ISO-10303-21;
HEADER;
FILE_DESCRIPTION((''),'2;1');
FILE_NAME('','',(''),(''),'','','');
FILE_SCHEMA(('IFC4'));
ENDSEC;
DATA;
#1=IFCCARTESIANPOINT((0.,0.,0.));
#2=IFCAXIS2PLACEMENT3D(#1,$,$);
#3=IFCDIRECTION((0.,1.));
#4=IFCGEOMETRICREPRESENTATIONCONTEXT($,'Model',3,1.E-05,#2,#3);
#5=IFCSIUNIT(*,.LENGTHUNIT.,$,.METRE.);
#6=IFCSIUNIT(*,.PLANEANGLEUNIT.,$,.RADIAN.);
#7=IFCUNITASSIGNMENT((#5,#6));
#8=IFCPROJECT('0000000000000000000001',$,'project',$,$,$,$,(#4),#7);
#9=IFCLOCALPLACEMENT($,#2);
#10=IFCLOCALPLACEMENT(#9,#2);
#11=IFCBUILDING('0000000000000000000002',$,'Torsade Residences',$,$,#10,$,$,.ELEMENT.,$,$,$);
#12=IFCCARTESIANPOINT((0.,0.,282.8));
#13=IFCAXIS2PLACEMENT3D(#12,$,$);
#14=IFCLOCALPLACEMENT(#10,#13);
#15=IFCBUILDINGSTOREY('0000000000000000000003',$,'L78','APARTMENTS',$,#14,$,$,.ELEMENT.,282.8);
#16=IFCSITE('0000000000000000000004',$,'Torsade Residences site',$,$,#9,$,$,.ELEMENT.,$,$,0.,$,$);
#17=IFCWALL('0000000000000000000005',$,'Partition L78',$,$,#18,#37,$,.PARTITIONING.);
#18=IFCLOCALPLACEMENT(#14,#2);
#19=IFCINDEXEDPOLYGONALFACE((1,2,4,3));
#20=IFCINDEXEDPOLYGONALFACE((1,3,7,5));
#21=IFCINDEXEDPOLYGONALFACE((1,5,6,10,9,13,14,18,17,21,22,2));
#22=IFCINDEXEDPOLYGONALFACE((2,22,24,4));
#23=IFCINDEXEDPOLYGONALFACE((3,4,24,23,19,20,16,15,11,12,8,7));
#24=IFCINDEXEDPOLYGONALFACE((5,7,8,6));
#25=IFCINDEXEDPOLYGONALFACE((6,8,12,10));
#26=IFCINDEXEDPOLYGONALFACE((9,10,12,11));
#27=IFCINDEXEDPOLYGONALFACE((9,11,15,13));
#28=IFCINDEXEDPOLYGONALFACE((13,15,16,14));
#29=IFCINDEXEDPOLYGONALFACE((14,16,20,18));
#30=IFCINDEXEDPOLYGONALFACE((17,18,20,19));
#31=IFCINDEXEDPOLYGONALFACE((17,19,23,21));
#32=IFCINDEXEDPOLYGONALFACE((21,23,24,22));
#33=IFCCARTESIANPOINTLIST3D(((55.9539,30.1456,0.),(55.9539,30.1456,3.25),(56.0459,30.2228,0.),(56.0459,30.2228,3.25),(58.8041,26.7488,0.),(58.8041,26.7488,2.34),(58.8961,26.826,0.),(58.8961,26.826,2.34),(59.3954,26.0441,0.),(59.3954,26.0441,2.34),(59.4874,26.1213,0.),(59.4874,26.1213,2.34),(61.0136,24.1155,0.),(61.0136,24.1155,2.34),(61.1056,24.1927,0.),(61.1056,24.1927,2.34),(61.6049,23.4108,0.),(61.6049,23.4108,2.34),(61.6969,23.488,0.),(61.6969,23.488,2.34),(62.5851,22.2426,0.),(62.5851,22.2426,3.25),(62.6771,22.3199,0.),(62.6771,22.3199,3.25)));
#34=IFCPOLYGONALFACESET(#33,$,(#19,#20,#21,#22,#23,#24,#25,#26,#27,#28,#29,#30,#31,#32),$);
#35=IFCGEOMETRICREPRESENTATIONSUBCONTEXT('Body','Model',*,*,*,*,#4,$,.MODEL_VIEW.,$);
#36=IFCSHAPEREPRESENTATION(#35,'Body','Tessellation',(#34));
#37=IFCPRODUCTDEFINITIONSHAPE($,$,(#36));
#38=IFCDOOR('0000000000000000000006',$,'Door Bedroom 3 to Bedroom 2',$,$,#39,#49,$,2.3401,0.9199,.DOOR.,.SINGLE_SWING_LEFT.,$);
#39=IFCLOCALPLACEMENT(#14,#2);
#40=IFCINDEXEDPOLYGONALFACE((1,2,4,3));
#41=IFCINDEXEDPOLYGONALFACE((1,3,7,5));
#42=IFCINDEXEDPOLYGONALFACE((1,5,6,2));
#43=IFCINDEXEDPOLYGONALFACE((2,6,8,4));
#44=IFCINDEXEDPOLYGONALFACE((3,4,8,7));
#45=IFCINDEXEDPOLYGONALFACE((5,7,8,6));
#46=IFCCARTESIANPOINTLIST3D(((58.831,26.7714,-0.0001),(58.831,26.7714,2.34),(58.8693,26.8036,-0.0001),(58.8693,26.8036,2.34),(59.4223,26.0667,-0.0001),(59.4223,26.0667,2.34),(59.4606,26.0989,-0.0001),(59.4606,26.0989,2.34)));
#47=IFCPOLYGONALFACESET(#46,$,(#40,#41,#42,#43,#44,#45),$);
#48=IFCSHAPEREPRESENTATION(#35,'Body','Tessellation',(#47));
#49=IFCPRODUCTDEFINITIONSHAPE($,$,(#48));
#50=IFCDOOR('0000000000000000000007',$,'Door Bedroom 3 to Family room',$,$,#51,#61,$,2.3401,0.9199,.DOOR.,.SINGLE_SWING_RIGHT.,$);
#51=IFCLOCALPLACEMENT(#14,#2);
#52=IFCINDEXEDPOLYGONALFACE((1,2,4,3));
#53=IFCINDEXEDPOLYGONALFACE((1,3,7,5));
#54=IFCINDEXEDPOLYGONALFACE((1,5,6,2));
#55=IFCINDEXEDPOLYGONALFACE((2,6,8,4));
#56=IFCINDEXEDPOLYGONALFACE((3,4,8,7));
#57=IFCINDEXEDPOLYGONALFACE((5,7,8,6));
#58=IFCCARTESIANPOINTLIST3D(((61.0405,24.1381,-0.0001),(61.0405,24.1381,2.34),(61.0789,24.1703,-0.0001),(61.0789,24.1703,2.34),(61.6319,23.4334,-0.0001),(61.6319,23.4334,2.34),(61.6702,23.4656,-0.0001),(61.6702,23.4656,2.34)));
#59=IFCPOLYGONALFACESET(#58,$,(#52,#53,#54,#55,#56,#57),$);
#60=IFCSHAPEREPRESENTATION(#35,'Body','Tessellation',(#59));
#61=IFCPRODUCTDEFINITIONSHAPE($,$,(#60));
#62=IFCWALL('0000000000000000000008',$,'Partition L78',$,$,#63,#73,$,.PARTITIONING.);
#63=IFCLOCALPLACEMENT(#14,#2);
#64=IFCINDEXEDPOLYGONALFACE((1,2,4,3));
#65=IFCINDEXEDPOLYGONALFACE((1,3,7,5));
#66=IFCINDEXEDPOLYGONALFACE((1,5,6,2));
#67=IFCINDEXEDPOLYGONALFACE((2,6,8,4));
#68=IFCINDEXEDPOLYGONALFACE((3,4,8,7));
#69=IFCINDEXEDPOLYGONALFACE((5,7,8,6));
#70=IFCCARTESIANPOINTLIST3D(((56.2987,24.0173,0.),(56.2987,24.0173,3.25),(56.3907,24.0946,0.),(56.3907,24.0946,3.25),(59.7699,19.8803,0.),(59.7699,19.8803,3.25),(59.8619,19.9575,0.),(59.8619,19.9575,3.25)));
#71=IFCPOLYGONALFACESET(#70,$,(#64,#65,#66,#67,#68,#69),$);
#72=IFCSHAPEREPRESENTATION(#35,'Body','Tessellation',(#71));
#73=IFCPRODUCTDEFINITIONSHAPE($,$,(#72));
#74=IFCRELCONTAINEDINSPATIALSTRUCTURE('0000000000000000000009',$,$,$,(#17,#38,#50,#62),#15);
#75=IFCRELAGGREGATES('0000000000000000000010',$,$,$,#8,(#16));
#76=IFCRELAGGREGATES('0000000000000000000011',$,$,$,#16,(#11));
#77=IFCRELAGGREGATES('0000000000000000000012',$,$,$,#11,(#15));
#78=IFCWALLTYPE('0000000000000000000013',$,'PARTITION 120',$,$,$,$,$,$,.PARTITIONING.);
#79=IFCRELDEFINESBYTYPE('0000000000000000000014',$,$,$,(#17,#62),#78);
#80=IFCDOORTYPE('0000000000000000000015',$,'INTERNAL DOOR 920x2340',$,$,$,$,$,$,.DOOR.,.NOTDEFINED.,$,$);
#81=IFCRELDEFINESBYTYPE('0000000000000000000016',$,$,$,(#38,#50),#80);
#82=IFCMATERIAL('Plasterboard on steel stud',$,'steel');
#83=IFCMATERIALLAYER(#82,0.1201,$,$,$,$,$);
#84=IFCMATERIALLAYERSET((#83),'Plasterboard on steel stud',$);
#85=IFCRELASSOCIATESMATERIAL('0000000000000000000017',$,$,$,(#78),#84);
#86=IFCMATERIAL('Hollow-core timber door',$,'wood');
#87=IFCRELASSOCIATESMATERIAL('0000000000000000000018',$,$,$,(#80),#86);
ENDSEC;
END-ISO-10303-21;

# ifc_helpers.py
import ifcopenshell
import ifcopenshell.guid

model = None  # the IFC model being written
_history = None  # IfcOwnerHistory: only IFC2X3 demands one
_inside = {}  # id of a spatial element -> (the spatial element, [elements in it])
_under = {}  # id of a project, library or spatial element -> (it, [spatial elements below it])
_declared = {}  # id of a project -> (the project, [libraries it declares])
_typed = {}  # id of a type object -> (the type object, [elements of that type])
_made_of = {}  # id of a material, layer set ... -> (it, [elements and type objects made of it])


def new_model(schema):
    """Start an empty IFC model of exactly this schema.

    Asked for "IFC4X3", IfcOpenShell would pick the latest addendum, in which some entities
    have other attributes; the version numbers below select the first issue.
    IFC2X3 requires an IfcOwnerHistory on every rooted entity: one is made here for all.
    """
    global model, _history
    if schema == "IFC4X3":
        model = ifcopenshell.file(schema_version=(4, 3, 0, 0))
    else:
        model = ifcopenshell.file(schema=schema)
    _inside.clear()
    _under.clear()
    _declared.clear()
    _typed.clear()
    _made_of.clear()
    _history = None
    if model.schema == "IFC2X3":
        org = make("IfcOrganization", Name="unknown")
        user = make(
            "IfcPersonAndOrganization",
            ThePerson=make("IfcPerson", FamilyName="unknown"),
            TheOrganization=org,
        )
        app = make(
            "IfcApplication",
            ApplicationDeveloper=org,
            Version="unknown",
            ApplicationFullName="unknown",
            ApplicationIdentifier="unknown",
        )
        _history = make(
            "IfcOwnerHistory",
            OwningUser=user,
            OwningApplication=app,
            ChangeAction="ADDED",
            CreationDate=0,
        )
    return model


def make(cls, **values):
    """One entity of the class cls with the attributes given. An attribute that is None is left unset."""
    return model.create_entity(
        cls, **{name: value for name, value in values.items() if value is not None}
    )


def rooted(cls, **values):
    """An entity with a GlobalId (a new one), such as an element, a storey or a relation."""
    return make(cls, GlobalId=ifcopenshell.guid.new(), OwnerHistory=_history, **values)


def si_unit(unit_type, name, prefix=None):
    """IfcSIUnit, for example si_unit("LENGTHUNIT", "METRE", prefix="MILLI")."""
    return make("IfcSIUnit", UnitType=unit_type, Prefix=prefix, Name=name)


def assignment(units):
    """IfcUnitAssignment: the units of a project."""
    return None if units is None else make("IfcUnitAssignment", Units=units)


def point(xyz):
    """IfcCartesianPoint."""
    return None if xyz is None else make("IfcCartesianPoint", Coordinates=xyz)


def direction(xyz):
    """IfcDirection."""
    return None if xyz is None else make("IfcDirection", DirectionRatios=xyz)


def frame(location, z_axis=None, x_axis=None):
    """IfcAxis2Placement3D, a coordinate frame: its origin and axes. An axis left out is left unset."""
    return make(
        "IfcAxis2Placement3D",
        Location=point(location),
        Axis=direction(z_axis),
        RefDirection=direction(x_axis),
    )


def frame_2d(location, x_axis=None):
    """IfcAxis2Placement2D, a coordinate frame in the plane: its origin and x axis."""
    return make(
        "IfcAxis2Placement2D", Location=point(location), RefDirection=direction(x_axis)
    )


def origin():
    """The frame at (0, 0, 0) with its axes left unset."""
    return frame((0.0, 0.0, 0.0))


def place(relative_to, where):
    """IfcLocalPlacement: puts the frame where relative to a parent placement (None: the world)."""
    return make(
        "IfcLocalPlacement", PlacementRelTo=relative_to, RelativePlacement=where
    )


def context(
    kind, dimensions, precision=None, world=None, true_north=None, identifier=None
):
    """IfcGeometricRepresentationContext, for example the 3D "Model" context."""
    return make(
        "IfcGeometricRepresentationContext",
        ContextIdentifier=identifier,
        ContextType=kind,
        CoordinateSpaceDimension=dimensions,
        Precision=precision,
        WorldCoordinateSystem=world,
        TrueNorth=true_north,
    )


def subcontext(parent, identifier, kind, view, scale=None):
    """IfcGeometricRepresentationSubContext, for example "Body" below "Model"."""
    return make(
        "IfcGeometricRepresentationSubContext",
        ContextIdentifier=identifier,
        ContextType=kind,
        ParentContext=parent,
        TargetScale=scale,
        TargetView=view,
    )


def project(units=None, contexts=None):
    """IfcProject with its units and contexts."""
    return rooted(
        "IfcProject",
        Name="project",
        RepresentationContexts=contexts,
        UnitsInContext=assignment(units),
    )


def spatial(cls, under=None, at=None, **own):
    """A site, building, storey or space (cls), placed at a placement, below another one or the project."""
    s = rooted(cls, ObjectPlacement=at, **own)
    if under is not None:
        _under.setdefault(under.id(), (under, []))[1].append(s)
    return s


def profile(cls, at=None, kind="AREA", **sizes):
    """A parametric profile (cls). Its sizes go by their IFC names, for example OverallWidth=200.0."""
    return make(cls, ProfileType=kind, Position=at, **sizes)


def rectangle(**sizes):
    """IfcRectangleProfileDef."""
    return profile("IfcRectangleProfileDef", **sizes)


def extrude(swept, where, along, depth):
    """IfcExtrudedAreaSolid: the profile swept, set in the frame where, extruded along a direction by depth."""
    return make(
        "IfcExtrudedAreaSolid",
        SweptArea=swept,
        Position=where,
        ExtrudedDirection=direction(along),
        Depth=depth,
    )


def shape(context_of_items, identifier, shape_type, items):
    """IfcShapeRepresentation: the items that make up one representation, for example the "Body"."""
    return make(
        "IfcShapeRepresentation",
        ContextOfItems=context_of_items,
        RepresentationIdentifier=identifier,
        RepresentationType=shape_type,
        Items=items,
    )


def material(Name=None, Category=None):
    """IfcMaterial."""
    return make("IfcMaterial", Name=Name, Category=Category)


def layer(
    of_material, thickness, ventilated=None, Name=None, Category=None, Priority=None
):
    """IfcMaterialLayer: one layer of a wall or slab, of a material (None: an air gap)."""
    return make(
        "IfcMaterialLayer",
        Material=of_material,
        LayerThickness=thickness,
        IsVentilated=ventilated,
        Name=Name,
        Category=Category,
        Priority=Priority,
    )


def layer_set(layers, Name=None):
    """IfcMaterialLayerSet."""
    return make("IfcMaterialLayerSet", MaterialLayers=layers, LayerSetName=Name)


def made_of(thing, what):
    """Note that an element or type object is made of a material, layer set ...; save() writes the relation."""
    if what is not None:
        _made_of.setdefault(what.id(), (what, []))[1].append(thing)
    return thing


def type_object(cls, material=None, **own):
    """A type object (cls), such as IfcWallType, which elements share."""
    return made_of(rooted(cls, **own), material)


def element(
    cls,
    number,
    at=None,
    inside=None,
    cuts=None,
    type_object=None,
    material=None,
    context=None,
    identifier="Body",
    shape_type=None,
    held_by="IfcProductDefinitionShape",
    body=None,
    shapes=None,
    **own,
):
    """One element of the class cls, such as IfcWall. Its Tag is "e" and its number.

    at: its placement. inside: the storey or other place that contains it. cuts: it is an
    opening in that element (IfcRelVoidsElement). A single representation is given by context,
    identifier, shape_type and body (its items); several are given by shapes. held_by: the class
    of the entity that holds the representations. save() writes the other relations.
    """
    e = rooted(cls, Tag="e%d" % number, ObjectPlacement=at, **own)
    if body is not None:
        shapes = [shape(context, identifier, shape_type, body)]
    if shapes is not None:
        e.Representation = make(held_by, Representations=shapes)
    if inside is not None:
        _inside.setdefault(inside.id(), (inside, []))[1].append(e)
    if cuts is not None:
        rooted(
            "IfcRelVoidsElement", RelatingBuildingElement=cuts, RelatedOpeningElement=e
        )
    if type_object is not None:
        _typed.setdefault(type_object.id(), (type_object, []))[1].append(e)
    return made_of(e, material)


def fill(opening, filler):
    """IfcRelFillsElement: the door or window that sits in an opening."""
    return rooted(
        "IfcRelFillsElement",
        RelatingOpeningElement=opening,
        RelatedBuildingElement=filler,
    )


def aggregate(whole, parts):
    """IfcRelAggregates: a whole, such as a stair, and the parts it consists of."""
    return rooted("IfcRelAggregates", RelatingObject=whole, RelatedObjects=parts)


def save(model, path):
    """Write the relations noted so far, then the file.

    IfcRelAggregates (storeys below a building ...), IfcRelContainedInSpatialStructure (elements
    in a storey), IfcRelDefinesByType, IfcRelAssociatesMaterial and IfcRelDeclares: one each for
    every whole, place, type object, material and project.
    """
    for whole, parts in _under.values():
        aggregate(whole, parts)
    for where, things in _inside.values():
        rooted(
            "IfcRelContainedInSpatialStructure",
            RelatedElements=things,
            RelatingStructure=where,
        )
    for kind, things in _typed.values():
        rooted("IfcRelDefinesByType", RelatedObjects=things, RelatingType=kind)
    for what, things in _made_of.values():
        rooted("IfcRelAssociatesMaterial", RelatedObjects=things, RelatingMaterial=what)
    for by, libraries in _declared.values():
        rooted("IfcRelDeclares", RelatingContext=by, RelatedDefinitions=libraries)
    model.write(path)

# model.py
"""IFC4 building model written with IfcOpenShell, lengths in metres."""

from ifc_helpers import new_model, si_unit, direction, frame, frame_2d, origin, place, context, subcontext, project, spatial, rectangle, extrude, material, layer, layer_set, type_object, element, fill, save


model = new_model("IFC4")

# Units and contexts
model_context = context("Model", 3, precision=1e-05, world=origin(), true_north=direction((0.0, 1.0)))
body_context = subcontext(model_context, "Body", "Model", "MODEL_VIEW")
ifc_project = project(units=[si_unit("LENGTHUNIT", "METRE"), si_unit("PLANEANGLEUNIT", "RADIAN")], contexts=[model_context])

# Site, building, storey
site_placement = place(None, origin())
site = spatial("IfcSite", under=ifc_project, at=site_placement, Name="Torsade Residences site", CompositionType="ELEMENT", RefElevation=0.0)
building_placement = place(site_placement, origin())
building = spatial("IfcBuilding", under=site, at=building_placement, Name="Torsade Residences", CompositionType="ELEMENT")
storey_placement = place(building_placement, frame((0.0, 0.0, 282.8)))
storey = spatial("IfcBuildingStorey", under=building, at=storey_placement, Name="L78", Description="APARTMENTS", CompositionType="ELEMENT", Elevation=282.8)

# Wall, openings, doors
ifc_material_1 = material(Name="Plasterboard on steel stud", Category="steel")
ifc_layer_1 = layer(ifc_material_1, 0.1201)
ifc_layer_set_1 = layer_set([ifc_layer_1], Name="Plasterboard on steel stud")
wall_type_1 = type_object("IfcWallType", Name="PARTITION 120", PredefinedType="PARTITIONING", material=ifc_layer_set_1)
wall_1_placement = place(storey_placement, frame((62.6311, 22.2812, 0.0), z_axis=(0.0, 0.0, 1.0), x_axis=(-0.642779, 0.766052, 0.0)))
wall_1 = element("IfcWall", 1, at=wall_1_placement, inside=storey, type_object=wall_type_1, Name="Partition L78", PredefinedType="PARTITIONING", context=body_context, shape_type="SweptSolid", body=[
    extrude(rectangle(XDim=10.3164, YDim=0.1201, at=frame_2d((5.1582, 0.0))), origin(), (0.0, 0.0, 1.0), 3.25),
])
opening_1_placement = place(wall_1_placement, frame((4.9624, 0.0, 0.0)))
opening_1 = element("IfcOpeningElement", 2, at=opening_1_placement, cuts=wall_1, PredefinedType="OPENING", context=body_context, shape_type="SweptSolid", body=[
    extrude(rectangle(XDim=0.9199, YDim=2.3401, at=frame_2d((0.46, 1.1699))), frame((0.0, 0.0701, 0.0), z_axis=(0.0, -1.0, 0.0), x_axis=(1.0, 0.0, 0.0)), (0.0, 0.0, 1.0), 0.1401),
])
opening_2_placement = place(wall_1_placement, frame((1.5249, 0.0, 0.0)))
opening_2 = element("IfcOpeningElement", 3, at=opening_2_placement, cuts=wall_1, PredefinedType="OPENING", context=body_context, shape_type="SweptSolid", body=[
    extrude(rectangle(XDim=0.9199, YDim=2.3401, at=frame_2d((0.46, 1.1699))), frame((0.0, 0.0701, 0.0), z_axis=(0.0, -1.0, 0.0), x_axis=(1.0, 0.0, 0.0)), (0.0, 0.0, 1.0), 0.1401),
])
ifc_material_2 = material(Name="Hollow-core timber door", Category="wood")
door_type_1 = type_object("IfcDoorType", Name="INTERNAL DOOR 920x2340", OperationType="NOTDEFINED", PredefinedType="DOOR", material=ifc_material_2)
door_1_placement = place(opening_1_placement, origin())
door_1 = element("IfcDoor", 4, at=door_1_placement, inside=storey, type_object=door_type_1, Name="Door Bedroom 3 to Bedroom 2", OperationType="SINGLE_SWING_LEFT", OverallHeight=2.3401, OverallWidth=0.9199, PredefinedType="DOOR", context=body_context, shape_type="SweptSolid", body=[
    extrude(rectangle(XDim=0.9199, YDim=2.3401, at=frame_2d((0.46, 1.1699))), frame((0.0, 0.0249, 0.0), z_axis=(0.0, -1.0, 0.0), x_axis=(1.0, 0.0, 0.0)), (0.0, 0.0, 1.0), 0.05),
])
fill(opening_1, door_1)
door_2_placement = place(opening_2_placement, origin())
door_2 = element("IfcDoor", 5, at=door_2_placement, inside=storey, type_object=door_type_1, Name="Door Bedroom 3 to Family room", OperationType="SINGLE_SWING_RIGHT", OverallHeight=2.3401, OverallWidth=0.9199, PredefinedType="DOOR", context=body_context, shape_type="SweptSolid", body=[
    extrude(rectangle(XDim=0.9199, YDim=2.3401, at=frame_2d((0.46, 1.1699))), frame((0.0, 0.0249, 0.0), z_axis=(0.0, -1.0, 0.0), x_axis=(1.0, 0.0, 0.0)), (0.0, 0.0, 1.0), 0.05),
])
fill(opening_2, door_2)

# Wall
wall_2_placement = place(storey_placement, frame((59.8159, 19.9189, 0.0), z_axis=(0.0, 0.0, 1.0), x_axis=(-0.642773, 0.766057, 0.0)))
element("IfcWall", 6, at=wall_2_placement, inside=storey, type_object=wall_type_1, Name="Partition L78", PredefinedType="PARTITIONING", context=body_context, shape_type="SweptSolid", body=[
    extrude(rectangle(XDim=5.4004, YDim=0.1201, at=frame_2d((2.7002, 0.0))), origin(), (0.0, 0.0, 1.0), 3.25),
])

save(model, "model.ifc")
